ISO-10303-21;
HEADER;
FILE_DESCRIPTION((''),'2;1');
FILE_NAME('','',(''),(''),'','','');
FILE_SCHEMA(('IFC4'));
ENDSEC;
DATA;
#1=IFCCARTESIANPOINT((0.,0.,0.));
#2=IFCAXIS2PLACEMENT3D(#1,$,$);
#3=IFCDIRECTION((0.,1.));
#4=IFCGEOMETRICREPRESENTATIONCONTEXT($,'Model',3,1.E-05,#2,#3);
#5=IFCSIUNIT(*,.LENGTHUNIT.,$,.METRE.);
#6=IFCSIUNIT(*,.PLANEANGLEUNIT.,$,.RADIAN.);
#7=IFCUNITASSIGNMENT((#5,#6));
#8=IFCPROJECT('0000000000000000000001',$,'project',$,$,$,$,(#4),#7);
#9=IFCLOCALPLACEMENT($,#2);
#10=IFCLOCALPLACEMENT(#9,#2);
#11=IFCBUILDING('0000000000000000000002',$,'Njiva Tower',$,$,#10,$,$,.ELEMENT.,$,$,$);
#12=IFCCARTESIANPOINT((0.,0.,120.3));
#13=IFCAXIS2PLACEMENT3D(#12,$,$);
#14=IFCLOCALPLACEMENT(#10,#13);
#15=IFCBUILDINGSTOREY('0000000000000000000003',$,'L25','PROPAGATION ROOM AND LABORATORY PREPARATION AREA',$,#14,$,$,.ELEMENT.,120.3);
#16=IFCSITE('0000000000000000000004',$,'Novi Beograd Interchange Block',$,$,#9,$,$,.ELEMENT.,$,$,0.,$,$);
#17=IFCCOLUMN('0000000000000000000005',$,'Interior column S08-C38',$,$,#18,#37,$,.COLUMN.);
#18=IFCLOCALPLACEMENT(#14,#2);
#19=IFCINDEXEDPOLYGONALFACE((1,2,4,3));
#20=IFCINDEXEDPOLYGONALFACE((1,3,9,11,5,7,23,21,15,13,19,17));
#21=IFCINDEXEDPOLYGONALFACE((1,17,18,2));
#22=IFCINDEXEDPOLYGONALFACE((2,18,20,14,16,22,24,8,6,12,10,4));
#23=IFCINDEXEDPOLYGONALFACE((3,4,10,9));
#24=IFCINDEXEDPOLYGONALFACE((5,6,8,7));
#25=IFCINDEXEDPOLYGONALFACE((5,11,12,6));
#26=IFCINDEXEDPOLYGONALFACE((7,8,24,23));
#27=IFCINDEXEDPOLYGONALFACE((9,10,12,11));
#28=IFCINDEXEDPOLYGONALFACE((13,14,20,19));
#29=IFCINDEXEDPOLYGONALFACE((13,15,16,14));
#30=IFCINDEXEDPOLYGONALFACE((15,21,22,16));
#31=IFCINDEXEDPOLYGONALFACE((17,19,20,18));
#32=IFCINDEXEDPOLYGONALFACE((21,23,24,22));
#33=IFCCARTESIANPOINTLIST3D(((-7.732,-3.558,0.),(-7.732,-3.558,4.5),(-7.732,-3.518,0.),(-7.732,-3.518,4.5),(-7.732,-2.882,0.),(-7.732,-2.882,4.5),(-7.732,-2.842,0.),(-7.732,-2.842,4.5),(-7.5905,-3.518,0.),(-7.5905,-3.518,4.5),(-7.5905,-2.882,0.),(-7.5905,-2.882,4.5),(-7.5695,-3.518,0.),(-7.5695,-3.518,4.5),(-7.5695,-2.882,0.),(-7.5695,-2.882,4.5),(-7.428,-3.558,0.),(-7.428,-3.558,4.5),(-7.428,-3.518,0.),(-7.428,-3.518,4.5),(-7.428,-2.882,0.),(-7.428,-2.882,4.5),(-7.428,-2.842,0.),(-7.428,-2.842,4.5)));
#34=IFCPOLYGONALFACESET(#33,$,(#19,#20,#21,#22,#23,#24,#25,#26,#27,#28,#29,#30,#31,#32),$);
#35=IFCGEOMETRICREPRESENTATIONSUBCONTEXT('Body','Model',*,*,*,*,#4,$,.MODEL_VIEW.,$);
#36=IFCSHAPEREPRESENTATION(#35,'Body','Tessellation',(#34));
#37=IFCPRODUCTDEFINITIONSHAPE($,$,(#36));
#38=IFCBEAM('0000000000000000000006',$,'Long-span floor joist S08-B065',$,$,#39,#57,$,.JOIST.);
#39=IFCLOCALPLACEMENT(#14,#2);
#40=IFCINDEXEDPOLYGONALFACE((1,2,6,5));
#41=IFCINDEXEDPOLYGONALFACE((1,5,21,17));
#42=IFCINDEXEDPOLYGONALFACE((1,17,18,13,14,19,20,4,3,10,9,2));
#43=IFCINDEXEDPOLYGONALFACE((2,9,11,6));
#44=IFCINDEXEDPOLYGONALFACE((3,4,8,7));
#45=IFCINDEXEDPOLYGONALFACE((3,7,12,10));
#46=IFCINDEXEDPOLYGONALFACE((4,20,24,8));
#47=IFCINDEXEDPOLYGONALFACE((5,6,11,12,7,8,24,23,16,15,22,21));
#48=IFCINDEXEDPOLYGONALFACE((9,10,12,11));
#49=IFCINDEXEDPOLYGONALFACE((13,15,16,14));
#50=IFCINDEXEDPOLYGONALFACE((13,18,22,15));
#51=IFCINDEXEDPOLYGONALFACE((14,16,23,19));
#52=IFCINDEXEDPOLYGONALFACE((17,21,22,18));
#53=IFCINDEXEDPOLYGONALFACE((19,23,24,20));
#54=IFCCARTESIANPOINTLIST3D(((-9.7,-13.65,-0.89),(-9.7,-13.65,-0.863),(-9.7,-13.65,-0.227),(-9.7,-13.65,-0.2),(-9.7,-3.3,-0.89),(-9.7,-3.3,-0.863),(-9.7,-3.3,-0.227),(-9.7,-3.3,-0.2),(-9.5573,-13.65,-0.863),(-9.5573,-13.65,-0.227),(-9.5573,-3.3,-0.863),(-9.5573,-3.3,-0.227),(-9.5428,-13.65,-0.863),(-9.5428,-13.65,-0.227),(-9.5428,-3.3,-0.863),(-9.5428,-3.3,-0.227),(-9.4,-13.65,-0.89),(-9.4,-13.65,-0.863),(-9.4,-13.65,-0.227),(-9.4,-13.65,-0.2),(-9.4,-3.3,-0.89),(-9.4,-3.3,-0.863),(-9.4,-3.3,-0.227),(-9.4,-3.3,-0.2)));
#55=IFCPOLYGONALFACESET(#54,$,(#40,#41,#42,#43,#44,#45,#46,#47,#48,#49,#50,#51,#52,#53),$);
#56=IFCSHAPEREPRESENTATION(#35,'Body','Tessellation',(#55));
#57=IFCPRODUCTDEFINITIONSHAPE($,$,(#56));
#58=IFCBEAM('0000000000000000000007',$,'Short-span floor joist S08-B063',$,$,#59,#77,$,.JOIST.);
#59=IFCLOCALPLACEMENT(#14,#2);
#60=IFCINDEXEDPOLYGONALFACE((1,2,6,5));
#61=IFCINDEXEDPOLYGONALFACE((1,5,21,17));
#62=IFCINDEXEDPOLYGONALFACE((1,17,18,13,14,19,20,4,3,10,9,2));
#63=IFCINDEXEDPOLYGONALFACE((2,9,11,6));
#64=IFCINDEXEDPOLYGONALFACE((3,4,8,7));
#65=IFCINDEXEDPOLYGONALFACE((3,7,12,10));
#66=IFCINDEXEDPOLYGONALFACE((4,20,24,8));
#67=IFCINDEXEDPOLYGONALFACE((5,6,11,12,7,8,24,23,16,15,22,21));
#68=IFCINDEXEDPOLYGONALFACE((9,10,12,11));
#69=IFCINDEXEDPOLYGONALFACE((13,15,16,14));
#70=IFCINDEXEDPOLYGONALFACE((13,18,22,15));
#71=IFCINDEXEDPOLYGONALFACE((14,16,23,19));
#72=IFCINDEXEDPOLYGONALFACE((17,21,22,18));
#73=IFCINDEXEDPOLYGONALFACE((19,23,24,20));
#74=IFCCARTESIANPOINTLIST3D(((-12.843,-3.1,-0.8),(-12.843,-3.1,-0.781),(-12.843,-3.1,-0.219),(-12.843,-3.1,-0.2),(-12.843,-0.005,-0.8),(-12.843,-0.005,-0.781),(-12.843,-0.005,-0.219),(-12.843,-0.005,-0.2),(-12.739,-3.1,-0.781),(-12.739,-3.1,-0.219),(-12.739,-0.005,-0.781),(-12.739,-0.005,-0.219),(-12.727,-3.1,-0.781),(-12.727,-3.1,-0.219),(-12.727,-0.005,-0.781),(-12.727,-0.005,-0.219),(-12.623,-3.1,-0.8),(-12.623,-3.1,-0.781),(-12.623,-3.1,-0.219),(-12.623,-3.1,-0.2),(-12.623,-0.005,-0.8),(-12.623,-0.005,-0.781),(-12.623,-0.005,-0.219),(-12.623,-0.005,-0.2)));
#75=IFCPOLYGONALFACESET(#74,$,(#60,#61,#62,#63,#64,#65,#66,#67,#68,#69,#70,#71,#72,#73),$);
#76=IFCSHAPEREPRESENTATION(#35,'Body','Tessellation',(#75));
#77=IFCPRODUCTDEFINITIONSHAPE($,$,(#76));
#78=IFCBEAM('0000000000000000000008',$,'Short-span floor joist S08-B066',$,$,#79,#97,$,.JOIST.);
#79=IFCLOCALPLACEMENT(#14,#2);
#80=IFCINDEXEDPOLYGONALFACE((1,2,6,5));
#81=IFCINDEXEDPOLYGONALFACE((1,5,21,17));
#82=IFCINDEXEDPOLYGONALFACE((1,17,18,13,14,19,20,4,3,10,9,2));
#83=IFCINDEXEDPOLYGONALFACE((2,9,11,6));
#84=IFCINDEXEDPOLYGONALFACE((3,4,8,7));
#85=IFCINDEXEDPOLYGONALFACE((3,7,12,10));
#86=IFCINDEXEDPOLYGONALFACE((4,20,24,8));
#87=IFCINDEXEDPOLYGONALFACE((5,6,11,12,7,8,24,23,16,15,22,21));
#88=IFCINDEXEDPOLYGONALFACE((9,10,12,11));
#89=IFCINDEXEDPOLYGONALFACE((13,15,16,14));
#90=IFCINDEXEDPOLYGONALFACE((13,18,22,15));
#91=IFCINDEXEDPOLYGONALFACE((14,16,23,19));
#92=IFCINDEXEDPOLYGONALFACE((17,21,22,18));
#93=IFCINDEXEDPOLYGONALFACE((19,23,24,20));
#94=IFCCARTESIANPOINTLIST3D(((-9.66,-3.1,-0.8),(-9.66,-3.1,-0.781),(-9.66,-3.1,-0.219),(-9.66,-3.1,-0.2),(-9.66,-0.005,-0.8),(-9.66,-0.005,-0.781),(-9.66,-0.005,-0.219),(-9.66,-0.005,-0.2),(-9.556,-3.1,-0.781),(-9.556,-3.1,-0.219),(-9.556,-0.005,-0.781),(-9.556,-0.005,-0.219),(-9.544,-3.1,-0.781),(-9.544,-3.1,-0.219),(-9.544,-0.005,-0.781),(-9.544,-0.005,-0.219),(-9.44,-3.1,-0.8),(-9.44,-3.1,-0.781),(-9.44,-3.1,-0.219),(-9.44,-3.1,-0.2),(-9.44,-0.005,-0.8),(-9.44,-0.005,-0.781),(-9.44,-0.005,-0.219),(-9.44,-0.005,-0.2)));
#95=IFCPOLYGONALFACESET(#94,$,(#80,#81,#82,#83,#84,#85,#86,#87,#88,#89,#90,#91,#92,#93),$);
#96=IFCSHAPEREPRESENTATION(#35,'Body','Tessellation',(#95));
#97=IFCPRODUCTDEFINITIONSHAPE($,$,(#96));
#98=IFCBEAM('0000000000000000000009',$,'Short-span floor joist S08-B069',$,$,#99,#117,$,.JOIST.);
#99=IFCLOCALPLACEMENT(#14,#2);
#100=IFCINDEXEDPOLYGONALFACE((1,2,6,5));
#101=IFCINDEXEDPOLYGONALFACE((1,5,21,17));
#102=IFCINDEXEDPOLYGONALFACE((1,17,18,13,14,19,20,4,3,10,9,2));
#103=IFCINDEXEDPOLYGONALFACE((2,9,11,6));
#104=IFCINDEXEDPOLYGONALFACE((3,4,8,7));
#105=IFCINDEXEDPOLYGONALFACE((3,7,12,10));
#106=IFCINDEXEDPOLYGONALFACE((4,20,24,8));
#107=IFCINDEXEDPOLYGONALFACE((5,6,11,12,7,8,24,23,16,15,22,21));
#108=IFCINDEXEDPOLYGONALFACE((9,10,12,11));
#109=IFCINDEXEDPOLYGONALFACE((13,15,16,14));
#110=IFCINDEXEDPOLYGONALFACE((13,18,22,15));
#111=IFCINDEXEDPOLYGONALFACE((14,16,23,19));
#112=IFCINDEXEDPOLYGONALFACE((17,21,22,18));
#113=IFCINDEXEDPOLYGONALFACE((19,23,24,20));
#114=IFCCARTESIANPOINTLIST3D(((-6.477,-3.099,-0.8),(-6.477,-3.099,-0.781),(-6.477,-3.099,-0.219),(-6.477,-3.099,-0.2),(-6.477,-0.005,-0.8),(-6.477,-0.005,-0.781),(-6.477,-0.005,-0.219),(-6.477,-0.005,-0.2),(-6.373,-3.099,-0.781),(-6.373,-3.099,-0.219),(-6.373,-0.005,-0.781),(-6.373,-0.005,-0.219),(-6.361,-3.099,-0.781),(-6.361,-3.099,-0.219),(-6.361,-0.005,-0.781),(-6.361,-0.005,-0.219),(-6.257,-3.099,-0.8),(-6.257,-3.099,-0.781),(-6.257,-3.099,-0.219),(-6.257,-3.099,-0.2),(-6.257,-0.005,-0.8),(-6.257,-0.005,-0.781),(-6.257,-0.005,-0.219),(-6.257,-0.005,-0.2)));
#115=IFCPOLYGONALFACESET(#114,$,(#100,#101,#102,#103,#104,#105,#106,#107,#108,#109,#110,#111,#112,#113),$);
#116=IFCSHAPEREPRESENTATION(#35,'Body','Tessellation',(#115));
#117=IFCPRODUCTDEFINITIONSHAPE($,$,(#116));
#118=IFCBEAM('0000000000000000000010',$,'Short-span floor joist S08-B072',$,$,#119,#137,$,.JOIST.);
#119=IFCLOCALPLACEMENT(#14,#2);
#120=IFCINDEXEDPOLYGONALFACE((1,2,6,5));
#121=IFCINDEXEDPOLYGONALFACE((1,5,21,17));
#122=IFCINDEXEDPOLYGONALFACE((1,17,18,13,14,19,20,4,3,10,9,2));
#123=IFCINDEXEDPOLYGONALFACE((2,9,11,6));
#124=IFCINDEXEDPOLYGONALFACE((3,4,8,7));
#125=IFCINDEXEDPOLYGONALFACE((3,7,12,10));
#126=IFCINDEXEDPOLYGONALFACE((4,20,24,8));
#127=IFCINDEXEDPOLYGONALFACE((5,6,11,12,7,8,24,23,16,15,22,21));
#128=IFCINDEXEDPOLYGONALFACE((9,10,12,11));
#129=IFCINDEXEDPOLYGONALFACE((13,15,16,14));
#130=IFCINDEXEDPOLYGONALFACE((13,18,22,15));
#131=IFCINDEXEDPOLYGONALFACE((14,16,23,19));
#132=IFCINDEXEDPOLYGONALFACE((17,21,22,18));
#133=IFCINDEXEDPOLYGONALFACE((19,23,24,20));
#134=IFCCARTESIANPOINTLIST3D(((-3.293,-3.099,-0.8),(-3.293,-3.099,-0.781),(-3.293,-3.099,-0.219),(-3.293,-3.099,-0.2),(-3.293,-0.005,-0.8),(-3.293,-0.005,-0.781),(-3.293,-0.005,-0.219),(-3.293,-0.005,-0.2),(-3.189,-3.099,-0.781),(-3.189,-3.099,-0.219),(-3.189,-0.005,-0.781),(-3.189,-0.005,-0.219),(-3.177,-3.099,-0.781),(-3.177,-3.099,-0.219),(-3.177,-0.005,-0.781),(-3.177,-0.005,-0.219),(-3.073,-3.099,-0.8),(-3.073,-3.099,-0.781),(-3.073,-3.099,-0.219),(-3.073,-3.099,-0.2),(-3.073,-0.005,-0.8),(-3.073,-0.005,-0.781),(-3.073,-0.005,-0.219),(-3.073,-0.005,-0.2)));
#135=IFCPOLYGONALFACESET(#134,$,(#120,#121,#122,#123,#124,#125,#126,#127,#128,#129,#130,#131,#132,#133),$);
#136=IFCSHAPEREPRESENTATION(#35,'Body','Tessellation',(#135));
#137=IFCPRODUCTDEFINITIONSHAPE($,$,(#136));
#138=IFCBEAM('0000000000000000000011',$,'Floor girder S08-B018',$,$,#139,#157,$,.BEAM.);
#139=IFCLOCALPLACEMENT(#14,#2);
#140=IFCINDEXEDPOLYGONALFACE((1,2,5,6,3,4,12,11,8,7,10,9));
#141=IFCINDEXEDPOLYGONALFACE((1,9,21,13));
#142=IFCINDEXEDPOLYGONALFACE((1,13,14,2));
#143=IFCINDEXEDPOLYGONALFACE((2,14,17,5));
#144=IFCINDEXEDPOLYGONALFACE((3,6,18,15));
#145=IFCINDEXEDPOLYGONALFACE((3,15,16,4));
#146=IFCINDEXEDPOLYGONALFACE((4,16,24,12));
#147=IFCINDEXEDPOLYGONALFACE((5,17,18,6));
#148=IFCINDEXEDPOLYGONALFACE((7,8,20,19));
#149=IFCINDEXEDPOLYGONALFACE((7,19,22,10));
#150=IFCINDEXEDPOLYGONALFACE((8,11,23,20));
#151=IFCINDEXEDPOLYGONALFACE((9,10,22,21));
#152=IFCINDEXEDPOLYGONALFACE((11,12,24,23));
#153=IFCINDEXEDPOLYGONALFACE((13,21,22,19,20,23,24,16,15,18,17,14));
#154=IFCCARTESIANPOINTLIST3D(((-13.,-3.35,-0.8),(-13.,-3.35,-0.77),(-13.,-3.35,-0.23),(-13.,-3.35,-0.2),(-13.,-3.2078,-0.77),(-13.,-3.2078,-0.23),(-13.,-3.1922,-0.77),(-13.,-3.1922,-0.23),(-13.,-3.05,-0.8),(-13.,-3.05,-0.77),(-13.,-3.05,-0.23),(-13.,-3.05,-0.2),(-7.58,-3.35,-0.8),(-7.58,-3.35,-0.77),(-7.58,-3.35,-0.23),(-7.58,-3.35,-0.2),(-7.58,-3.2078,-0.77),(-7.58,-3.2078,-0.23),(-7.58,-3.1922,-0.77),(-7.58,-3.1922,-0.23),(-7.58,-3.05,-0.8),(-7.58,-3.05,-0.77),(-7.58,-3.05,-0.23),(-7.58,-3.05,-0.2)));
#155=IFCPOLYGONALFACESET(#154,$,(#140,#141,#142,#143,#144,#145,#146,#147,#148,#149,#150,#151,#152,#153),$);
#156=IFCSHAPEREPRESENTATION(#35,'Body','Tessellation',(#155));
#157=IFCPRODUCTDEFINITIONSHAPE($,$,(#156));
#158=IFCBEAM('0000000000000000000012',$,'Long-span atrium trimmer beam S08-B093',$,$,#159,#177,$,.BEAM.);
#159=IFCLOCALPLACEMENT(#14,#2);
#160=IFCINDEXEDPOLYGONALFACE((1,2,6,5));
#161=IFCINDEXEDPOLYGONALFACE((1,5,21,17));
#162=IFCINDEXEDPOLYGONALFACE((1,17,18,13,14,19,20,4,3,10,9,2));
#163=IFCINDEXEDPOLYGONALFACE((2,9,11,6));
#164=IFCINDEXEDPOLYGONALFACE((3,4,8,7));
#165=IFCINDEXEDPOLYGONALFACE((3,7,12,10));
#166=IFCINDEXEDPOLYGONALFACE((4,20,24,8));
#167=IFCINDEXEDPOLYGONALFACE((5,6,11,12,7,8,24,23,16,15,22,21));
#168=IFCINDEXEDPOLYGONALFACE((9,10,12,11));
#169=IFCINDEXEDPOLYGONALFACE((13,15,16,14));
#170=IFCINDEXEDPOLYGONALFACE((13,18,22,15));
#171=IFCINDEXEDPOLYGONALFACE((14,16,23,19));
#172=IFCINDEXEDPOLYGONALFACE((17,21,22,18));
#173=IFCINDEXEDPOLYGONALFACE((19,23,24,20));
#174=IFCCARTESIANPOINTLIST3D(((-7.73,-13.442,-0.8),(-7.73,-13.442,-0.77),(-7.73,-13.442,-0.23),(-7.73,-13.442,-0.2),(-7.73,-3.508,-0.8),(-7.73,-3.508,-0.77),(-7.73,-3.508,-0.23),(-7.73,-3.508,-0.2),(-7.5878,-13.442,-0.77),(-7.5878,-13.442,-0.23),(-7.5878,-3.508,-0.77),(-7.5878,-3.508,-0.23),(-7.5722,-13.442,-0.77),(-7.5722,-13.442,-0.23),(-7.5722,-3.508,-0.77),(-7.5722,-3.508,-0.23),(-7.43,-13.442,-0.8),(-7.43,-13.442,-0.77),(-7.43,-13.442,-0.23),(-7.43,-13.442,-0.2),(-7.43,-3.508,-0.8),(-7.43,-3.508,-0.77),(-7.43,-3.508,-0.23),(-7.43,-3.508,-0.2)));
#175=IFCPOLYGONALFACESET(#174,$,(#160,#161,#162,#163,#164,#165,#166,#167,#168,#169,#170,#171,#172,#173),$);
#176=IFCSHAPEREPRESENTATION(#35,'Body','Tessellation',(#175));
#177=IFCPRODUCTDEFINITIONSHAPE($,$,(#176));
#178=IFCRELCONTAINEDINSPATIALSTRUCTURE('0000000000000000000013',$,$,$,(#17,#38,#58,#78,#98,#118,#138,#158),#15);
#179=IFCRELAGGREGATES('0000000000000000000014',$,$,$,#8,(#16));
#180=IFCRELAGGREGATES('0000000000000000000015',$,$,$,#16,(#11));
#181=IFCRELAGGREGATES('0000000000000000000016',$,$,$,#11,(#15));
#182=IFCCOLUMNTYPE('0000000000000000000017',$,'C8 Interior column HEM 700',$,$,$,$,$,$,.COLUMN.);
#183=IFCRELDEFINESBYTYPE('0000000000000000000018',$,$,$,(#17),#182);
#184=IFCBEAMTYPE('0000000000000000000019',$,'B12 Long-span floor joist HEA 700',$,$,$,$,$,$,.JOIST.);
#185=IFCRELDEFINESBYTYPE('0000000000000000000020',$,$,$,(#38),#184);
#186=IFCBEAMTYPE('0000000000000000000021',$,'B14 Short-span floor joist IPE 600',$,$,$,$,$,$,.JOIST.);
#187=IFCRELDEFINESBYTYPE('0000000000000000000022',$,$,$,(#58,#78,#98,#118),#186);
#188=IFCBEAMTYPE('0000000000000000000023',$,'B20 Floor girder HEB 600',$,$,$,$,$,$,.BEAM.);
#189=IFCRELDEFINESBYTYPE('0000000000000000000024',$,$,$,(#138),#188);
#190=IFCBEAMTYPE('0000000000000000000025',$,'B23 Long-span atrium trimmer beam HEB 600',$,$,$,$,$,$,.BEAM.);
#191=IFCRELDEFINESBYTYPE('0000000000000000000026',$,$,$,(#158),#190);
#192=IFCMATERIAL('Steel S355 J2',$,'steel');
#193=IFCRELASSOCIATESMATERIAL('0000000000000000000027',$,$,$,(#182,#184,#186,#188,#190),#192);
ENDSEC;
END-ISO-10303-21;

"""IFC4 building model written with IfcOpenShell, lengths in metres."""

from ifc_helpers import new_model, si_unit, direction, frame, origin, origin_2d, place, context, subcontext, project, spatial, i_section, extrude, material, material_profile, profile_set, type_object, element, save


model = new_model("IFC4")

# Units and contexts
model_context = context("Model", 3, precision=1e-05, world=origin(), true_north=direction((0.0, 1.0)))
body_context = subcontext(model_context, "Body", "Model", "MODEL_VIEW")
ifc_project = project(units=[si_unit("LENGTHUNIT", "METRE"), si_unit("PLANEANGLEUNIT", "RADIAN")], contexts=[model_context])

# Site, building, storey
site_placement = place(None, origin())
site = spatial("IfcSite", under=ifc_project, at=site_placement, Name="Novi Beograd Interchange Block", CompositionType="ELEMENT", RefElevation=0.0)
building_placement = place(site_placement, origin())
building = spatial("IfcBuilding", under=site, at=building_placement, Name="Njiva Tower", CompositionType="ELEMENT")
storey_placement = place(building_placement, frame((0.0, 0.0, 120.3)))
storey = spatial("IfcBuildingStorey", under=building, at=storey_placement, Name="L25", Description="PROPAGATION ROOM AND LABORATORY PREPARATION AREA", CompositionType="ELEMENT", Elevation=120.3)

# Column
ifc_material_1 = material(Name="Steel S355 J2", Category="steel")
ifc_material_profile_1 = material_profile(ifc_material_1, i_section(OverallWidth=0.304, OverallDepth=0.716, WebThickness=0.021, FlangeThickness=0.04, at=origin_2d()), Name="HEM 700")
ifc_profile_set_1 = profile_set([ifc_material_profile_1], Name="Steel S355 J2")
column_type = type_object("IfcColumnType", Name="C8 Interior column HEM 700", PredefinedType="COLUMN", material=ifc_profile_set_1)
column_placement = place(storey_placement, frame((-7.58, -3.2, 0.0), z_axis=(0.0, 0.0, 1.0), x_axis=(1.0, 0.0, 0.0)))
element("IfcColumn", 1, at=column_placement, inside=storey, type_object=column_type, Name="Interior column S08-C38", PredefinedType="COLUMN", context=body_context, shape_type="SweptSolid", body=[
    extrude(i_section(OverallWidth=0.304, OverallDepth=0.716, WebThickness=0.021, FlangeThickness=0.04, at=origin_2d()), origin(), (0.0, 0.0, 1.0), 4.5),
])

# Beams
ifc_material_profile_2 = material_profile(ifc_material_1, i_section(OverallWidth=0.3, OverallDepth=0.69, WebThickness=0.0145, FlangeThickness=0.027, at=origin_2d()), Name="HEA 700")
ifc_profile_set_2 = profile_set([ifc_material_profile_2], Name="Steel S355 J2")
beam_type_1 = type_object("IfcBeamType", Name="B12 Long-span floor joist HEA 700", PredefinedType="JOIST", material=ifc_profile_set_2)
beam_1_placement = place(storey_placement, frame((-9.55, -3.3, -0.545), z_axis=(0.0, -1.0, 0.0), x_axis=(1.0, 0.0, 0.0)))
element("IfcBeam", 2, at=beam_1_placement, inside=storey, type_object=beam_type_1, Name="Long-span floor joist S08-B065", PredefinedType="JOIST", context=body_context, shape_type="SweptSolid", body=[
    extrude(i_section(OverallWidth=0.3, OverallDepth=0.69, WebThickness=0.0145, FlangeThickness=0.027, at=origin_2d()), origin(), (0.0, 0.0, 1.0), 10.35),
])
ifc_material_profile_3 = material_profile(ifc_material_1, i_section(OverallWidth=0.22, OverallDepth=0.6, WebThickness=0.012, FlangeThickness=0.019, at=origin_2d()), Name="IPE 600")
ifc_profile_set_3 = profile_set([ifc_material_profile_3], Name="Steel S355 J2")
beam_type_2 = type_object("IfcBeamType", Name="B14 Short-span floor joist IPE 600", PredefinedType="JOIST", material=ifc_profile_set_3)
for number, where, z_axis, x_axis, name in (
    (3, (-12.733, -0.005, -0.5), (0.0, -1.0, 0.0), (1.0, 0.0, 0.0), "Short-span floor joist S08-B063"),
    (4, (-9.55, -0.005, -0.5), (0.0, -1.0, 0.0), (1.0, 0.0, 0.0), "Short-span floor joist S08-B066"),
):
    element("IfcBeam", number, at=place(storey_placement, frame(where, z_axis=z_axis, x_axis=x_axis)), inside=storey, type_object=beam_type_2, Name=name, PredefinedType="JOIST", context=body_context, shape_type="SweptSolid", body=[
        extrude(i_section(OverallWidth=0.22, OverallDepth=0.6, WebThickness=0.012, FlangeThickness=0.019, at=origin_2d()), origin(), (0.0, 0.0, 1.0), 3.095),
    ])
for number, where, z_axis, x_axis, name in (
    (5, (-6.367, -0.005, -0.5), (0.0, -1.0, 0.0), (1.0, 0.0, 0.0), "Short-span floor joist S08-B069"),
    (6, (-3.183, -0.005, -0.5), (0.0, -1.0, 0.0), (1.0, 0.0, 0.0), "Short-span floor joist S08-B072"),
):
    element("IfcBeam", number, at=place(storey_placement, frame(where, z_axis=z_axis, x_axis=x_axis)), inside=storey, type_object=beam_type_2, Name=name, PredefinedType="JOIST", context=body_context, shape_type="SweptSolid", body=[
        extrude(i_section(OverallWidth=0.22, OverallDepth=0.6, WebThickness=0.012, FlangeThickness=0.019, at=origin_2d()), origin(), (0.0, 0.0, 1.0), 3.094),
    ])
ifc_material_profile_4 = material_profile(ifc_material_1, i_section(OverallWidth=0.3, OverallDepth=0.6, WebThickness=0.0155, FlangeThickness=0.03, at=origin_2d()), Name="HEB 600")
ifc_profile_set_4 = profile_set([ifc_material_profile_4], Name="Steel S355 J2")
beam_type_3 = type_object("IfcBeamType", Name="B20 Floor girder HEB 600", PredefinedType="BEAM", material=ifc_profile_set_4)
beam_2_placement = place(storey_placement, frame((-13.0, -3.2, -0.5), z_axis=(1.0, 0.0, 0.0), x_axis=(0.0, 1.0, 0.0)))
element("IfcBeam", 7, at=beam_2_placement, inside=storey, type_object=beam_type_3, Name="Floor girder S08-B018", PredefinedType="BEAM", context=body_context, shape_type="SweptSolid", body=[
    extrude(i_section(OverallWidth=0.3, OverallDepth=0.6, WebThickness=0.0155, FlangeThickness=0.03, at=origin_2d()), origin(), (0.0, 0.0, 1.0), 5.42),
])
ifc_material_profile_5 = material_profile(ifc_material_1, i_section(OverallWidth=0.3, OverallDepth=0.6, WebThickness=0.0155, FlangeThickness=0.03, at=origin_2d()), Name="HEB 600")
ifc_profile_set_5 = profile_set([ifc_material_profile_5], Name="Steel S355 J2")
beam_type_4 = type_object("IfcBeamType", Name="B23 Long-span atrium trimmer beam HEB 600", PredefinedType="BEAM", material=ifc_profile_set_5)
beam_3_placement = place(storey_placement, frame((-7.58, -3.508, -0.5), z_axis=(0.0, -1.0, 0.0), x_axis=(1.0, 0.0, 0.0)))
element("IfcBeam", 8, at=beam_3_placement, inside=storey, type_object=beam_type_4, Name="Long-span atrium trimmer beam S08-B093", PredefinedType="BEAM", context=body_context, shape_type="SweptSolid", body=[
    extrude(i_section(OverallWidth=0.3, OverallDepth=0.6, WebThickness=0.0155, FlangeThickness=0.03, at=origin_2d()), origin(), (0.0, 0.0, 1.0), 9.934),
])

save(model, "model.ifc")
